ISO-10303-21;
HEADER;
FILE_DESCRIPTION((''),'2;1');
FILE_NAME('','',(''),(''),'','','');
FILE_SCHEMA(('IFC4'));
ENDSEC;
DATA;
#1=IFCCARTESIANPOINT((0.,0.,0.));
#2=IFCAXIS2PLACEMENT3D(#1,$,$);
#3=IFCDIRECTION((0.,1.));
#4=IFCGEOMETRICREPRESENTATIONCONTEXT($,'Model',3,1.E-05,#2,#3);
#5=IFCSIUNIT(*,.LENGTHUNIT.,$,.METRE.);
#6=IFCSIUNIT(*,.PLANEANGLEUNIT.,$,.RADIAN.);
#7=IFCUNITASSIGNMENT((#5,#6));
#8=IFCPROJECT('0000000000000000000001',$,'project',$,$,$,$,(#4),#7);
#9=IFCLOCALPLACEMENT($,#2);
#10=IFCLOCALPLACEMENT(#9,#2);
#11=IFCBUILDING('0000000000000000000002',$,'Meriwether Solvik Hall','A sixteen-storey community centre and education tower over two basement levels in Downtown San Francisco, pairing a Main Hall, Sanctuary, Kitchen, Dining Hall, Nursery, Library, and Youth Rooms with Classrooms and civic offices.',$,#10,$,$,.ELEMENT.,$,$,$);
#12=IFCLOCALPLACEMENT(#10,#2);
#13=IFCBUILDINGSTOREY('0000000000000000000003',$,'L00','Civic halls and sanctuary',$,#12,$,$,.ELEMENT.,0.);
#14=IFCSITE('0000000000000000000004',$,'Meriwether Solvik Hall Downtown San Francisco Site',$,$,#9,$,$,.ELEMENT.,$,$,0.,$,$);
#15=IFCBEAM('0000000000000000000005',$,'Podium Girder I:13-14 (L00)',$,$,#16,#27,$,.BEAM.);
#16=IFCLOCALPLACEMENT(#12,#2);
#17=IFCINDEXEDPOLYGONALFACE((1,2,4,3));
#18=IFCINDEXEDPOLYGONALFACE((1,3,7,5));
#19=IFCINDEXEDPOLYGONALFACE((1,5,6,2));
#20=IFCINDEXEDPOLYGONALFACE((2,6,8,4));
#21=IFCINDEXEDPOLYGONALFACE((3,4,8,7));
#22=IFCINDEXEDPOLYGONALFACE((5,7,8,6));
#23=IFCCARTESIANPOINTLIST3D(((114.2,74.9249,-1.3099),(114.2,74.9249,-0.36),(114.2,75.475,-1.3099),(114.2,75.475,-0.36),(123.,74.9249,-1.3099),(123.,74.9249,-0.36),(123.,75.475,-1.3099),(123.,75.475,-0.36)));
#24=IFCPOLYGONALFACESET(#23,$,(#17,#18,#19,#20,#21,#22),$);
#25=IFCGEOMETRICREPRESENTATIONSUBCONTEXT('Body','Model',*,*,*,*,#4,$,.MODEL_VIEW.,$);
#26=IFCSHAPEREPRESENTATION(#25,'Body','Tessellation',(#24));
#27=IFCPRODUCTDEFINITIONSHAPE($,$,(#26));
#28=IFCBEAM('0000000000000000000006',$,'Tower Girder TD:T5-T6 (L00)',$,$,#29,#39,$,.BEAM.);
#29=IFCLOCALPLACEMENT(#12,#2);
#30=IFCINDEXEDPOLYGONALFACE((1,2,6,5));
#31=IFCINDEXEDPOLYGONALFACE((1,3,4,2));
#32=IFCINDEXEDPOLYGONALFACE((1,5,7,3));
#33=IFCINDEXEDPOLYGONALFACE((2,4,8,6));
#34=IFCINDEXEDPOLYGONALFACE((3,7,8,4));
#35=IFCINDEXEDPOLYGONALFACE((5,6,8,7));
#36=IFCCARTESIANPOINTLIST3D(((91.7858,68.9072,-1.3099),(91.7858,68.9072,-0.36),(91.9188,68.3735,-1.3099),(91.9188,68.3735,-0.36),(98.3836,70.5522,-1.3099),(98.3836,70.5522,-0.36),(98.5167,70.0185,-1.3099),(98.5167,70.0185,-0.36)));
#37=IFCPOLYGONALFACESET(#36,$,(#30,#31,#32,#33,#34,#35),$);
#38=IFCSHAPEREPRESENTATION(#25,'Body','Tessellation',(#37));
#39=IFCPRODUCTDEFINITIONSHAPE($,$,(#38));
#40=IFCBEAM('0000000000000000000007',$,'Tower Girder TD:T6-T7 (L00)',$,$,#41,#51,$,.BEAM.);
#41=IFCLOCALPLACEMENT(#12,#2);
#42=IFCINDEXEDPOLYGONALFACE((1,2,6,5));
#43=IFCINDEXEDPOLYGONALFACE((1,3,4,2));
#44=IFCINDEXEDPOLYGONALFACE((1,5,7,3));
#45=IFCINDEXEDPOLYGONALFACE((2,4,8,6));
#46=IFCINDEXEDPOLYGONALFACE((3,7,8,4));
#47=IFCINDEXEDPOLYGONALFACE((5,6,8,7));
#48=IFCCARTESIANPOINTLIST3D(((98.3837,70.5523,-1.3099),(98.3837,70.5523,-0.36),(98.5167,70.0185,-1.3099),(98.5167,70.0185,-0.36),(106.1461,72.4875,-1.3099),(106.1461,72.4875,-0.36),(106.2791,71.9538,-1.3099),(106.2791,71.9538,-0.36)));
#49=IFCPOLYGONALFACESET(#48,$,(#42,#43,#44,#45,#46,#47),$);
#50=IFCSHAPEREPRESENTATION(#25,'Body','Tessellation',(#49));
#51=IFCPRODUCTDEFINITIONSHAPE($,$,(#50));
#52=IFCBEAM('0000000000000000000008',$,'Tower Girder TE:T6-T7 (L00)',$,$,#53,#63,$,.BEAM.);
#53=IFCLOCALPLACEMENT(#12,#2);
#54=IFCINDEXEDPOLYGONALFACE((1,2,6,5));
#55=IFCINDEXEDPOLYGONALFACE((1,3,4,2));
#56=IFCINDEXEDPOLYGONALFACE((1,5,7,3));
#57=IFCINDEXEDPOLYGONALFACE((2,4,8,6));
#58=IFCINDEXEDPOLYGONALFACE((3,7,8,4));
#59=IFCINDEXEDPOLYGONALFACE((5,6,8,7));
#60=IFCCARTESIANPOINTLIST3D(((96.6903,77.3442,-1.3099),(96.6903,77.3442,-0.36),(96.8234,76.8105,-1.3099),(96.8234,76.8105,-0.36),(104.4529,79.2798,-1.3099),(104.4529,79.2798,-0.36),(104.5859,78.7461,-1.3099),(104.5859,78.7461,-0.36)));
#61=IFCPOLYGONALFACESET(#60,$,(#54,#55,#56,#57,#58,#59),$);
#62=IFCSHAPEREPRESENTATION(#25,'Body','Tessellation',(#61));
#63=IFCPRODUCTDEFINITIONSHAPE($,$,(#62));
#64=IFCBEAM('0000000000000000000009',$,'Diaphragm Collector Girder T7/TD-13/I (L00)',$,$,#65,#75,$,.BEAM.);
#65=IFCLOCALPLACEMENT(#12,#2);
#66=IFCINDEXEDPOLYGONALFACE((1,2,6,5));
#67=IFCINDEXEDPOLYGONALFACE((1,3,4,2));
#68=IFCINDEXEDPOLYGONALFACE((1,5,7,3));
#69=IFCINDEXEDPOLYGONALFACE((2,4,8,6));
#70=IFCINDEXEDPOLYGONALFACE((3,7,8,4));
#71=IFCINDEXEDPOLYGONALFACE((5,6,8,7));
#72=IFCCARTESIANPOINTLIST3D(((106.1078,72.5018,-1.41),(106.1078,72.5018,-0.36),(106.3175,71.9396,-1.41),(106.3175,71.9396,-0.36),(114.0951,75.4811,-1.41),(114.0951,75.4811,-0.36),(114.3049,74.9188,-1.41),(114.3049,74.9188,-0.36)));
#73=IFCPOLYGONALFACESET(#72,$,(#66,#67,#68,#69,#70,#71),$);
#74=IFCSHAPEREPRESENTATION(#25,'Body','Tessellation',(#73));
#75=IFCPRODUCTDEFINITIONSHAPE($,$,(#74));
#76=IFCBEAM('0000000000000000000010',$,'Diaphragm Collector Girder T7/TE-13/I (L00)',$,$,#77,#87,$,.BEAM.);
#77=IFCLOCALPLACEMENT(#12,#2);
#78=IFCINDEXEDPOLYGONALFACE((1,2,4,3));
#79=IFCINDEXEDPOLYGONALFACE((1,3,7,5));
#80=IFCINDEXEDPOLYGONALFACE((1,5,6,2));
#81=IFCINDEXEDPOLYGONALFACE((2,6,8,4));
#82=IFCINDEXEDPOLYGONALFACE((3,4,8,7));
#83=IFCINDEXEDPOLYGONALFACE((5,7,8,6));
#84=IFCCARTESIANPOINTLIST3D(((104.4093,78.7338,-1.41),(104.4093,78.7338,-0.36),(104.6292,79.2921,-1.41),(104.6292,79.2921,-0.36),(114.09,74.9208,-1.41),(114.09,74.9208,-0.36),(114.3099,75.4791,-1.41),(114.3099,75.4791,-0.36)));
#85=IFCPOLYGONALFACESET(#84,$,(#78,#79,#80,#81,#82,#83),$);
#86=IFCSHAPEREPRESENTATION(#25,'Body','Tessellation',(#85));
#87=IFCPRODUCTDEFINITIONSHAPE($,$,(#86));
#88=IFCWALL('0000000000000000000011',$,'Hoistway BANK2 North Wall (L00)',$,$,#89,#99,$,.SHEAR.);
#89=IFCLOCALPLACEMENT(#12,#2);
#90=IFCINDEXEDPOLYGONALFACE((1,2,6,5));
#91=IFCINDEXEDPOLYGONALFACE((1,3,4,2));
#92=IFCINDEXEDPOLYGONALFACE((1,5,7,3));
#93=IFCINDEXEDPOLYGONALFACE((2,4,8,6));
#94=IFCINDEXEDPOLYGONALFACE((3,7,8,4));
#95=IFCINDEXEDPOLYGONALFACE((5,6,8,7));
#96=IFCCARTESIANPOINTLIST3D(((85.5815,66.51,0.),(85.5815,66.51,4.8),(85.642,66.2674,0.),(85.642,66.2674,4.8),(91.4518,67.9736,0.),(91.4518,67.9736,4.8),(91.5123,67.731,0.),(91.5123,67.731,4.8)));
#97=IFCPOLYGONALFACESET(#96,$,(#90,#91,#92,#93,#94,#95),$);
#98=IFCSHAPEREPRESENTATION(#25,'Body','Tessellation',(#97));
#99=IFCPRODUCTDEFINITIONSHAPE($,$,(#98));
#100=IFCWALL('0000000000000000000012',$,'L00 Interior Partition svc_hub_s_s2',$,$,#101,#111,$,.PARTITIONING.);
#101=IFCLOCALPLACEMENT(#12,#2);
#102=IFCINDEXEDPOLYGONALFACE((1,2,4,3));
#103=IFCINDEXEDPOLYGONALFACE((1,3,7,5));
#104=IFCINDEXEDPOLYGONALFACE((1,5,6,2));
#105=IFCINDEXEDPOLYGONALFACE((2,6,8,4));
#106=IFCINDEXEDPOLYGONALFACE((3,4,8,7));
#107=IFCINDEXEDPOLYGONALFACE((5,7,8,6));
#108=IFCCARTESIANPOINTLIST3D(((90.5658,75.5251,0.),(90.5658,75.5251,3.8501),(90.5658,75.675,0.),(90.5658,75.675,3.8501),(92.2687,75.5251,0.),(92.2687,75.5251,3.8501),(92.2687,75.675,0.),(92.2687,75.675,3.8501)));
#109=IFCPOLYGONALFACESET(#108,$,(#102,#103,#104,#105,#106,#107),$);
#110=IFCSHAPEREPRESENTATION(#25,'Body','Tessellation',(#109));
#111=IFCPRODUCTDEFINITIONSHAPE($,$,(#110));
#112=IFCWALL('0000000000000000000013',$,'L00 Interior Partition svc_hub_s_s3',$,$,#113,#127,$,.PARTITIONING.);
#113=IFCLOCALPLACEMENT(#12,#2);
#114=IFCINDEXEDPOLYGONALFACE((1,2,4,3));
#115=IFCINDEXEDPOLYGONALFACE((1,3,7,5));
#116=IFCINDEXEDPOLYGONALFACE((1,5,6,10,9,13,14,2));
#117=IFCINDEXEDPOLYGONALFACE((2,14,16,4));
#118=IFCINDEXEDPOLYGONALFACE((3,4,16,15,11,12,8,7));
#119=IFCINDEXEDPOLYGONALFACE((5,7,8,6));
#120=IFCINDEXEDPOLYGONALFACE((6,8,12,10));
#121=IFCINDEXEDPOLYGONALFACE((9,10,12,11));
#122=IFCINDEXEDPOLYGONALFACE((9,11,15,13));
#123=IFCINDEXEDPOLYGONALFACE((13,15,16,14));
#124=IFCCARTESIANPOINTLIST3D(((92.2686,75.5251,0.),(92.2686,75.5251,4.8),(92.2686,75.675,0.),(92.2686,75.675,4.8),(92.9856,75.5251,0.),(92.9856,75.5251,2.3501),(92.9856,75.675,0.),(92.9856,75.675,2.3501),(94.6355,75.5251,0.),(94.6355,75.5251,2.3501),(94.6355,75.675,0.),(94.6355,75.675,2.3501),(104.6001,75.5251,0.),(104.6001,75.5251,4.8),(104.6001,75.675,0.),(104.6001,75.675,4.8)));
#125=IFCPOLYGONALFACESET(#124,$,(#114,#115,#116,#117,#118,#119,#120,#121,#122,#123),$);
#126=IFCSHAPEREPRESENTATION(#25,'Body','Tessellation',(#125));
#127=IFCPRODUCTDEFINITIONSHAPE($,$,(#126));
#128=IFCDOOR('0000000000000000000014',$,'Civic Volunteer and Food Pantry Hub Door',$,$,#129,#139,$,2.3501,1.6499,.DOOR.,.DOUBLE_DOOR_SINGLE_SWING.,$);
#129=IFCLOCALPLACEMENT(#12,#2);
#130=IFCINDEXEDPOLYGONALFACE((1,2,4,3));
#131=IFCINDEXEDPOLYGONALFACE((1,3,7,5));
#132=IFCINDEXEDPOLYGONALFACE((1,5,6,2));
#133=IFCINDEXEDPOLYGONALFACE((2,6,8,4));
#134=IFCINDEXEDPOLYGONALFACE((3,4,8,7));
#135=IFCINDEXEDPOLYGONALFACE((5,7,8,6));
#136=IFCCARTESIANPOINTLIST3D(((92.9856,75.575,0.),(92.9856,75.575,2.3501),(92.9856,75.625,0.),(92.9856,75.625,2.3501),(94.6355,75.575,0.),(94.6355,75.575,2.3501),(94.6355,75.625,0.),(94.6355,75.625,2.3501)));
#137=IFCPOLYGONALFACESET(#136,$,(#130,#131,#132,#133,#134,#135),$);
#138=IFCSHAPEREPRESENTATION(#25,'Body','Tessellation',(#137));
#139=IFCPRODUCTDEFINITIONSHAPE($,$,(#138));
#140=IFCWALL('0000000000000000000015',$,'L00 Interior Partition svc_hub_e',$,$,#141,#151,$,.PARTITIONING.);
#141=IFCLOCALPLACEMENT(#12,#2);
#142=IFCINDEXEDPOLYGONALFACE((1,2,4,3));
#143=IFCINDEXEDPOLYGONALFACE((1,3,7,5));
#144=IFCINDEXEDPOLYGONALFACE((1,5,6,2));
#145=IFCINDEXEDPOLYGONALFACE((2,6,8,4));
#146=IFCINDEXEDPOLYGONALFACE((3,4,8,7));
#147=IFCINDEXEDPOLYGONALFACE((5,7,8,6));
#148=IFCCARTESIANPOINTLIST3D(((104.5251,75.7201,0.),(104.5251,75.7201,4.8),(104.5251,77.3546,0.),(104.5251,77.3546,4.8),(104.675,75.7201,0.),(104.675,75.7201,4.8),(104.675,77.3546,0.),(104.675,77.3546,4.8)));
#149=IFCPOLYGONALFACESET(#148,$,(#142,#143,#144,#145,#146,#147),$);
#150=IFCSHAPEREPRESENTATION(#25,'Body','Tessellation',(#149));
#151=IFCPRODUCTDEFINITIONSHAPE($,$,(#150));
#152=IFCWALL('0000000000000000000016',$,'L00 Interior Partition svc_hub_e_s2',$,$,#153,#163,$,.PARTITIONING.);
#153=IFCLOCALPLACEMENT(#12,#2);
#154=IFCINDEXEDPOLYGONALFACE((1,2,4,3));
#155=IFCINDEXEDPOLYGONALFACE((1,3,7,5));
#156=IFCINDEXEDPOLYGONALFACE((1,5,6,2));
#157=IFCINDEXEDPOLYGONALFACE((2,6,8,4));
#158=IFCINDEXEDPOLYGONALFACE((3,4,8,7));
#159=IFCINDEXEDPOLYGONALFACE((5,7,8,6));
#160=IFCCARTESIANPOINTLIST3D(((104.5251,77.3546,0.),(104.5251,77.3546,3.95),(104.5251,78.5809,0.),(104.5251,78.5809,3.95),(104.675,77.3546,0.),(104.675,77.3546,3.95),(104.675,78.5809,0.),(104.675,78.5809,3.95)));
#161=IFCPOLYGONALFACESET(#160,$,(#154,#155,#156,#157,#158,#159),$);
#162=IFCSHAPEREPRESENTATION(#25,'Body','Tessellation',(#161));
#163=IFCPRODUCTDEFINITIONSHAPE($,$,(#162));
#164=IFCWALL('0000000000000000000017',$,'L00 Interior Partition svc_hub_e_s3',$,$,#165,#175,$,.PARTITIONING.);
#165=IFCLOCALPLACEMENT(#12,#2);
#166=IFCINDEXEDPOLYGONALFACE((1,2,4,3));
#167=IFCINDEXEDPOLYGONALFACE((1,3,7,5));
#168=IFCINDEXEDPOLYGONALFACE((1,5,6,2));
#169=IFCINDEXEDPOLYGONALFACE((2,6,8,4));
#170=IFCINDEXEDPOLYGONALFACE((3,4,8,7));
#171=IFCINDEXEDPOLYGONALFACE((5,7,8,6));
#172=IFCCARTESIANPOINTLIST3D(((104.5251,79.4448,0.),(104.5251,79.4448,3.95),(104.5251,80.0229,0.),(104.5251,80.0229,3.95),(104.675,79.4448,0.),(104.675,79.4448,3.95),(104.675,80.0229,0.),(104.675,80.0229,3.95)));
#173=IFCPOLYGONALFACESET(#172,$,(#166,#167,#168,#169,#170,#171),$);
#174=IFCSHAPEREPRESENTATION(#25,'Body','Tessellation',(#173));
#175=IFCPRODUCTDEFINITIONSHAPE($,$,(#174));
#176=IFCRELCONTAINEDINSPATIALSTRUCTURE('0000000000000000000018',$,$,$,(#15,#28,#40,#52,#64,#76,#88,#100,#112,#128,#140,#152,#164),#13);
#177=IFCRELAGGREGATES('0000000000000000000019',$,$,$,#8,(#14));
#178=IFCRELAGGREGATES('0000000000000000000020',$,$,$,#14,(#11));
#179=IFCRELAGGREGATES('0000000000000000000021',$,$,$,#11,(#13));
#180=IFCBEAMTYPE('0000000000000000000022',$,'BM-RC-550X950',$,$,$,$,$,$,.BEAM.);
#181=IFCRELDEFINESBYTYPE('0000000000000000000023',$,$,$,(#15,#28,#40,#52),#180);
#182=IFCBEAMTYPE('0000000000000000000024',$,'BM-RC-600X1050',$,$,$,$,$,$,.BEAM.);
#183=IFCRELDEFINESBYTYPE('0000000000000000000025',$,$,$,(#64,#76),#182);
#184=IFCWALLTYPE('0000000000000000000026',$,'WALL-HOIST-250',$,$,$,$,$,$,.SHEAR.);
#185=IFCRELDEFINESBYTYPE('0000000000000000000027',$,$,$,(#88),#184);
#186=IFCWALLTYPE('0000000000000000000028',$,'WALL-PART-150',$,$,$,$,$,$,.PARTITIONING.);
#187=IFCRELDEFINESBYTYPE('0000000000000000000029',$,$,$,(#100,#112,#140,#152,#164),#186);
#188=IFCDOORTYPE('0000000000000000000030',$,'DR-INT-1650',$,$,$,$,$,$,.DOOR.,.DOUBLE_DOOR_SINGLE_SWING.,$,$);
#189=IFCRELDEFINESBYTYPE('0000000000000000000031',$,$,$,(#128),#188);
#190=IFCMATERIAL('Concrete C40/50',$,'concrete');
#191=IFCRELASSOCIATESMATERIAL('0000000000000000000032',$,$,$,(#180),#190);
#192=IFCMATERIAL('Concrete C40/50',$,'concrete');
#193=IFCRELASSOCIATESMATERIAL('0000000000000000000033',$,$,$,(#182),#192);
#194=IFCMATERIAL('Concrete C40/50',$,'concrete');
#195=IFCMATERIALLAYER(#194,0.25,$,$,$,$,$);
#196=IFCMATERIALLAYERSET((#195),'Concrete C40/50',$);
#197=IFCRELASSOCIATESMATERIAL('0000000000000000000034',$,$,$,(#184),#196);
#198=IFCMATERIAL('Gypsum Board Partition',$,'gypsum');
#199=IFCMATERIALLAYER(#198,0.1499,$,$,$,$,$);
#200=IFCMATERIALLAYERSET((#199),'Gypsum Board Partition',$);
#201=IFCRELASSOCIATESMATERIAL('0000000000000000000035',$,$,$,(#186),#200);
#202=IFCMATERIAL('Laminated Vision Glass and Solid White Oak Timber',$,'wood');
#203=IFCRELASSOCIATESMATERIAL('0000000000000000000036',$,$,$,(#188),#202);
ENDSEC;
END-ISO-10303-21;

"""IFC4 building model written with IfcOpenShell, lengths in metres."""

from ifc_helpers import new_model, si_unit, direction, frame, frame_2d, origin, origin_2d, place, context, subcontext, project, spatial, rectangle, extrude, material, layer, layer_set, material_profile, profile_set, type_object, element, fill, save


model = new_model("IFC4")

# Units and contexts
model_context = context("Model", 3, precision=1e-05, world=origin(), true_north=direction((0.0, 1.0)))
body_context = subcontext(model_context, "Body", "Model", "MODEL_VIEW")
ifc_project = project(units=[si_unit("LENGTHUNIT", "METRE"), si_unit("PLANEANGLEUNIT", "RADIAN")], contexts=[model_context])

# Site, building, storey
site_placement = place(None, origin())
site = spatial("IfcSite", under=ifc_project, at=site_placement, Name="Meriwether Solvik Hall Downtown San Francisco Site", CompositionType="ELEMENT", RefElevation=0.0)
building_placement = place(site_placement, origin())
building = spatial("IfcBuilding", under=site, at=building_placement, Name="Meriwether Solvik Hall", Description="A sixteen-storey community centre and education tower over two basement levels in Downtown San Francisco, pairing a Main Hall, Sanctuary, Kitchen, Dining Hall, Nursery, Library, and Youth Rooms with Classrooms and civic offices.", CompositionType="ELEMENT")
storey_placement = place(building_placement, origin())
storey = spatial("IfcBuildingStorey", under=building, at=storey_placement, Name="L00", Description="Civic halls and sanctuary", CompositionType="ELEMENT", Elevation=0.0)

# Beams
ifc_material_1 = material(Name="Concrete C40/50", Category="concrete")
ifc_material_profile_1 = material_profile(ifc_material_1, rectangle(XDim=0.55, YDim=0.95, at=origin_2d()), Name="RCB-550X950")
ifc_profile_set_1 = profile_set([ifc_material_profile_1], Name="Concrete C40/50")
beam_type_1 = type_object("IfcBeamType", Name="BM-RC-550X950", PredefinedType="BEAM", material=ifc_profile_set_1)
beam_1_placement = place(storey_placement, frame((114.2, 75.2, -0.835), z_axis=(1.0, 0.0, 0.0), x_axis=(0.0, 1.0, 0.0)))
element("IfcBeam", 1, at=beam_1_placement, inside=storey, type_object=beam_type_1, Name="Podium Girder I:13-14 (L00)", PredefinedType="BEAM", context=body_context, shape_type="SweptSolid", body=[
    extrude(rectangle(XDim=0.55, YDim=0.95, at=origin_2d()), origin(), (0.0, 0.0, 1.0), 8.8),
])
beam_2_placement = place(storey_placement, frame((91.8523, 68.6404, -0.835), z_axis=(0.970296, 0.241919, 0.0), x_axis=(-0.241919, 0.970296, 0.0)))
element("IfcBeam", 2, at=beam_2_placement, inside=storey, type_object=beam_type_1, Name="Tower Girder TD:T5-T6 (L00)", PredefinedType="BEAM", context=body_context, shape_type="SweptSolid", body=[
    extrude(rectangle(XDim=0.55, YDim=0.95, at=origin_2d()), origin(), (0.0, 0.0, 1.0), 6.7998),
])
beam_3_placement = place(storey_placement, frame((98.4502, 70.2854, -0.835), z_axis=(0.970298, 0.241911, 0.0), x_axis=(-0.241911, 0.970298, 0.0)))
element("IfcBeam", 3, at=beam_3_placement, inside=storey, type_object=beam_type_1, Name="Tower Girder TD:T6-T7 (L00)", PredefinedType="BEAM", context=body_context, shape_type="SweptSolid", body=[
    extrude(rectangle(XDim=0.55, YDim=0.95, at=origin_2d()), origin(), (0.0, 0.0, 1.0), 8.0),
])
beam_4_placement = place(storey_placement, frame((96.7568, 77.0774, -0.835), z_axis=(0.970291, 0.24194, 0.0), x_axis=(-0.24194, 0.970291, 0.0)))
element("IfcBeam", 4, at=beam_4_placement, inside=storey, type_object=beam_type_1, Name="Tower Girder TE:T6-T7 (L00)", PredefinedType="BEAM", context=body_context, shape_type="SweptSolid", body=[
    extrude(rectangle(XDim=0.55, YDim=0.95, at=origin_2d()), origin(), (0.0, 0.0, 1.0), 8.0002),
])
ifc_material_2 = material(Name="Concrete C40/50", Category="concrete")
ifc_material_profile_2 = material_profile(ifc_material_2, rectangle(XDim=0.6001, YDim=1.05, at=origin_2d()), Name="RCB-600X1050")
ifc_profile_set_2 = profile_set([ifc_material_profile_2], Name="Concrete C40/50")
beam_type_2 = type_object("IfcBeamType", Name="BM-RC-600X1050", PredefinedType="BEAM", material=ifc_profile_set_2)
beam_5_placement = place(storey_placement, frame((106.2126, 72.2207, -0.885), z_axis=(0.936944, 0.349478, 0.0), x_axis=(-0.349478, 0.936944, 0.0)))
element("IfcBeam", 5, at=beam_5_placement, inside=storey, type_object=beam_type_2, Name="Diaphragm Collector Girder T7/TD-13/I (L00)", PredefinedType="BEAM", context=body_context, shape_type="SweptSolid", body=[
    extrude(rectangle(XDim=0.6001, YDim=1.05, at=origin_2d()), origin(), (0.0, 0.0, 1.0), 8.5249),
])
beam_6_placement = place(storey_placement, frame((104.5193, 79.0129, -0.885), z_axis=(0.930428, -0.366474, 0.0), x_axis=(0.366474, 0.930428, 0.0)))
element("IfcBeam", 6, at=beam_6_placement, inside=storey, type_object=beam_type_2, Name="Diaphragm Collector Girder T7/TE-13/I (L00)", PredefinedType="BEAM", context=body_context, shape_type="SweptSolid", body=[
    extrude(rectangle(XDim=0.6001, YDim=1.05, at=origin_2d()), origin(), (0.0, 0.0, 1.0), 10.4045),
])

# Walls
ifc_material_3 = material(Name="Concrete C40/50", Category="concrete")
ifc_layer_1 = layer(ifc_material_3, 0.25)
ifc_layer_set_1 = layer_set([ifc_layer_1], Name="Concrete C40/50")
wall_type_1 = type_object("IfcWallType", Name="WALL-HOIST-250", PredefinedType="SHEAR", material=ifc_layer_set_1)
wall_1_placement = place(storey_placement, frame((91.4819, 67.8523, 0.0), z_axis=(0.0, 0.0, 1.0), x_axis=(-0.970297, -0.241918, 0.0)))
element("IfcWall", 7, at=wall_1_placement, inside=storey, type_object=wall_type_1, Name="Hoistway BANK2 North Wall (L00)", PredefinedType="SHEAR", context=body_context, shape_type="SweptSolid", body=[
    extrude(rectangle(XDim=6.05, YDim=0.25, at=frame_2d((3.0249, 0.0))), origin(), (0.0, 0.0, 1.0), 4.8),
])
ifc_material_4 = material(Name="Gypsum Board Partition", Category="gypsum")
ifc_layer_2 = layer(ifc_material_4, 0.1499)
ifc_layer_set_2 = layer_set([ifc_layer_2], Name="Gypsum Board Partition")
wall_type_2 = type_object("IfcWallType", Name="WALL-PART-150", PredefinedType="PARTITIONING", material=ifc_layer_set_2)
wall_2_placement = place(storey_placement, frame((90.5657, 75.6001, 0.0), z_axis=(0.0, 0.0, 1.0), x_axis=(1.0, 0.0, 0.0)))
element("IfcWall", 8, at=wall_2_placement, inside=storey, type_object=wall_type_2, Name="L00 Interior Partition svc_hub_s_s2", PredefinedType="PARTITIONING", context=body_context, shape_type="SweptSolid", body=[
    extrude(rectangle(XDim=1.7029, YDim=0.1499, at=frame_2d((0.8516, 0.0))), origin(), (0.0, 0.0, 1.0), 3.8501),
])

# Wall, opening, door
wall_3_placement = place(storey_placement, frame((92.2686, 75.6001, 0.0), z_axis=(0.0, 0.0, 1.0), x_axis=(1.0, 0.0, 0.0)))
wall_3 = element("IfcWall", 9, at=wall_3_placement, inside=storey, type_object=wall_type_2, Name="L00 Interior Partition svc_hub_s_s3", PredefinedType="PARTITIONING", context=body_context, shape_type="SweptSolid", body=[
    extrude(rectangle(XDim=12.3315, YDim=0.1499, at=frame_2d((6.1658, 0.0))), origin(), (0.0, 0.0, 1.0), 4.8),
])
opening_placement = place(wall_3_placement, frame((0.717, 0.0, 0.0)))
opening = element("IfcOpeningElement", 10, at=opening_placement, cuts=wall_3, PredefinedType="OPENING", context=body_context, shape_type="SweptSolid", body=[
    extrude(rectangle(XDim=1.6499, YDim=2.3501, at=frame_2d((0.825, 1.175))), frame((0.0, 0.0869, 0.0), z_axis=(0.0, -1.0, 0.0), x_axis=(1.0, 0.0, 0.0)), (0.0, 0.0, 1.0), 0.1738),
])
ifc_material_5 = material(Name="Laminated Vision Glass and Solid White Oak Timber", Category="wood")
door_type = type_object("IfcDoorType", Name="DR-INT-1650", OperationType="DOUBLE_DOOR_SINGLE_SWING", PredefinedType="DOOR", material=ifc_material_5)
door_placement = place(opening_placement, origin())
door = element("IfcDoor", 11, at=door_placement, inside=storey, type_object=door_type, Name="Civic Volunteer and Food Pantry Hub Door", OperationType="DOUBLE_DOOR_SINGLE_SWING", OverallHeight=2.3501, OverallWidth=1.6499, PredefinedType="DOOR", context=body_context, shape_type="SweptSolid", body=[
    extrude(rectangle(XDim=1.6499, YDim=2.3501, at=frame_2d((0.825, 1.175))), frame((0.0, 0.0249, 0.0), z_axis=(0.0, -1.0, 0.0), x_axis=(1.0, 0.0, 0.0)), (0.0, 0.0, 1.0), 0.05),
])
fill(opening, door)

# Walls
wall_4_placement = place(storey_placement, frame((104.6001, 75.72, 0.0), z_axis=(0.0, 0.0, 1.0), x_axis=(0.0, 1.0, 0.0)))
element("IfcWall", 12, at=wall_4_placement, inside=storey, type_object=wall_type_2, Name="L00 Interior Partition svc_hub_e", PredefinedType="PARTITIONING", context=body_context, shape_type="SweptSolid", body=[
    extrude(rectangle(XDim=1.6345, YDim=0.1499, at=frame_2d((0.8174, 0.0))), origin(), (0.0, 0.0, 1.0), 4.8),
])
wall_5_placement = place(storey_placement, frame((104.6001, 77.3545, 0.0), z_axis=(0.0, 0.0, 1.0), x_axis=(0.0, 1.0, 0.0)))
element("IfcWall", 13, at=wall_5_placement, inside=storey, type_object=wall_type_2, Name="L00 Interior Partition svc_hub_e_s2", PredefinedType="PARTITIONING", context=body_context, shape_type="SweptSolid", body=[
    extrude(rectangle(XDim=1.2263, YDim=0.1499, at=frame_2d((0.6133, 0.0))), origin(), (0.0, 0.0, 1.0), 3.95),
])
wall_6_placement = place(storey_placement, frame((104.6001, 79.4448, 0.0), z_axis=(0.0, 0.0, 1.0), x_axis=(0.0, 1.0, 0.0)))
element("IfcWall", 14, at=wall_6_placement, inside=storey, type_object=wall_type_2, Name="L00 Interior Partition svc_hub_e_s3", PredefinedType="PARTITIONING", context=body_context, shape_type="SweptSolid", body=[
    extrude(rectangle(XDim=0.5781, YDim=0.1499, at=frame_2d((0.2891, 0.0))), origin(), (0.0, 0.0, 1.0), 3.95),
])

save(model, "model.ifc")
